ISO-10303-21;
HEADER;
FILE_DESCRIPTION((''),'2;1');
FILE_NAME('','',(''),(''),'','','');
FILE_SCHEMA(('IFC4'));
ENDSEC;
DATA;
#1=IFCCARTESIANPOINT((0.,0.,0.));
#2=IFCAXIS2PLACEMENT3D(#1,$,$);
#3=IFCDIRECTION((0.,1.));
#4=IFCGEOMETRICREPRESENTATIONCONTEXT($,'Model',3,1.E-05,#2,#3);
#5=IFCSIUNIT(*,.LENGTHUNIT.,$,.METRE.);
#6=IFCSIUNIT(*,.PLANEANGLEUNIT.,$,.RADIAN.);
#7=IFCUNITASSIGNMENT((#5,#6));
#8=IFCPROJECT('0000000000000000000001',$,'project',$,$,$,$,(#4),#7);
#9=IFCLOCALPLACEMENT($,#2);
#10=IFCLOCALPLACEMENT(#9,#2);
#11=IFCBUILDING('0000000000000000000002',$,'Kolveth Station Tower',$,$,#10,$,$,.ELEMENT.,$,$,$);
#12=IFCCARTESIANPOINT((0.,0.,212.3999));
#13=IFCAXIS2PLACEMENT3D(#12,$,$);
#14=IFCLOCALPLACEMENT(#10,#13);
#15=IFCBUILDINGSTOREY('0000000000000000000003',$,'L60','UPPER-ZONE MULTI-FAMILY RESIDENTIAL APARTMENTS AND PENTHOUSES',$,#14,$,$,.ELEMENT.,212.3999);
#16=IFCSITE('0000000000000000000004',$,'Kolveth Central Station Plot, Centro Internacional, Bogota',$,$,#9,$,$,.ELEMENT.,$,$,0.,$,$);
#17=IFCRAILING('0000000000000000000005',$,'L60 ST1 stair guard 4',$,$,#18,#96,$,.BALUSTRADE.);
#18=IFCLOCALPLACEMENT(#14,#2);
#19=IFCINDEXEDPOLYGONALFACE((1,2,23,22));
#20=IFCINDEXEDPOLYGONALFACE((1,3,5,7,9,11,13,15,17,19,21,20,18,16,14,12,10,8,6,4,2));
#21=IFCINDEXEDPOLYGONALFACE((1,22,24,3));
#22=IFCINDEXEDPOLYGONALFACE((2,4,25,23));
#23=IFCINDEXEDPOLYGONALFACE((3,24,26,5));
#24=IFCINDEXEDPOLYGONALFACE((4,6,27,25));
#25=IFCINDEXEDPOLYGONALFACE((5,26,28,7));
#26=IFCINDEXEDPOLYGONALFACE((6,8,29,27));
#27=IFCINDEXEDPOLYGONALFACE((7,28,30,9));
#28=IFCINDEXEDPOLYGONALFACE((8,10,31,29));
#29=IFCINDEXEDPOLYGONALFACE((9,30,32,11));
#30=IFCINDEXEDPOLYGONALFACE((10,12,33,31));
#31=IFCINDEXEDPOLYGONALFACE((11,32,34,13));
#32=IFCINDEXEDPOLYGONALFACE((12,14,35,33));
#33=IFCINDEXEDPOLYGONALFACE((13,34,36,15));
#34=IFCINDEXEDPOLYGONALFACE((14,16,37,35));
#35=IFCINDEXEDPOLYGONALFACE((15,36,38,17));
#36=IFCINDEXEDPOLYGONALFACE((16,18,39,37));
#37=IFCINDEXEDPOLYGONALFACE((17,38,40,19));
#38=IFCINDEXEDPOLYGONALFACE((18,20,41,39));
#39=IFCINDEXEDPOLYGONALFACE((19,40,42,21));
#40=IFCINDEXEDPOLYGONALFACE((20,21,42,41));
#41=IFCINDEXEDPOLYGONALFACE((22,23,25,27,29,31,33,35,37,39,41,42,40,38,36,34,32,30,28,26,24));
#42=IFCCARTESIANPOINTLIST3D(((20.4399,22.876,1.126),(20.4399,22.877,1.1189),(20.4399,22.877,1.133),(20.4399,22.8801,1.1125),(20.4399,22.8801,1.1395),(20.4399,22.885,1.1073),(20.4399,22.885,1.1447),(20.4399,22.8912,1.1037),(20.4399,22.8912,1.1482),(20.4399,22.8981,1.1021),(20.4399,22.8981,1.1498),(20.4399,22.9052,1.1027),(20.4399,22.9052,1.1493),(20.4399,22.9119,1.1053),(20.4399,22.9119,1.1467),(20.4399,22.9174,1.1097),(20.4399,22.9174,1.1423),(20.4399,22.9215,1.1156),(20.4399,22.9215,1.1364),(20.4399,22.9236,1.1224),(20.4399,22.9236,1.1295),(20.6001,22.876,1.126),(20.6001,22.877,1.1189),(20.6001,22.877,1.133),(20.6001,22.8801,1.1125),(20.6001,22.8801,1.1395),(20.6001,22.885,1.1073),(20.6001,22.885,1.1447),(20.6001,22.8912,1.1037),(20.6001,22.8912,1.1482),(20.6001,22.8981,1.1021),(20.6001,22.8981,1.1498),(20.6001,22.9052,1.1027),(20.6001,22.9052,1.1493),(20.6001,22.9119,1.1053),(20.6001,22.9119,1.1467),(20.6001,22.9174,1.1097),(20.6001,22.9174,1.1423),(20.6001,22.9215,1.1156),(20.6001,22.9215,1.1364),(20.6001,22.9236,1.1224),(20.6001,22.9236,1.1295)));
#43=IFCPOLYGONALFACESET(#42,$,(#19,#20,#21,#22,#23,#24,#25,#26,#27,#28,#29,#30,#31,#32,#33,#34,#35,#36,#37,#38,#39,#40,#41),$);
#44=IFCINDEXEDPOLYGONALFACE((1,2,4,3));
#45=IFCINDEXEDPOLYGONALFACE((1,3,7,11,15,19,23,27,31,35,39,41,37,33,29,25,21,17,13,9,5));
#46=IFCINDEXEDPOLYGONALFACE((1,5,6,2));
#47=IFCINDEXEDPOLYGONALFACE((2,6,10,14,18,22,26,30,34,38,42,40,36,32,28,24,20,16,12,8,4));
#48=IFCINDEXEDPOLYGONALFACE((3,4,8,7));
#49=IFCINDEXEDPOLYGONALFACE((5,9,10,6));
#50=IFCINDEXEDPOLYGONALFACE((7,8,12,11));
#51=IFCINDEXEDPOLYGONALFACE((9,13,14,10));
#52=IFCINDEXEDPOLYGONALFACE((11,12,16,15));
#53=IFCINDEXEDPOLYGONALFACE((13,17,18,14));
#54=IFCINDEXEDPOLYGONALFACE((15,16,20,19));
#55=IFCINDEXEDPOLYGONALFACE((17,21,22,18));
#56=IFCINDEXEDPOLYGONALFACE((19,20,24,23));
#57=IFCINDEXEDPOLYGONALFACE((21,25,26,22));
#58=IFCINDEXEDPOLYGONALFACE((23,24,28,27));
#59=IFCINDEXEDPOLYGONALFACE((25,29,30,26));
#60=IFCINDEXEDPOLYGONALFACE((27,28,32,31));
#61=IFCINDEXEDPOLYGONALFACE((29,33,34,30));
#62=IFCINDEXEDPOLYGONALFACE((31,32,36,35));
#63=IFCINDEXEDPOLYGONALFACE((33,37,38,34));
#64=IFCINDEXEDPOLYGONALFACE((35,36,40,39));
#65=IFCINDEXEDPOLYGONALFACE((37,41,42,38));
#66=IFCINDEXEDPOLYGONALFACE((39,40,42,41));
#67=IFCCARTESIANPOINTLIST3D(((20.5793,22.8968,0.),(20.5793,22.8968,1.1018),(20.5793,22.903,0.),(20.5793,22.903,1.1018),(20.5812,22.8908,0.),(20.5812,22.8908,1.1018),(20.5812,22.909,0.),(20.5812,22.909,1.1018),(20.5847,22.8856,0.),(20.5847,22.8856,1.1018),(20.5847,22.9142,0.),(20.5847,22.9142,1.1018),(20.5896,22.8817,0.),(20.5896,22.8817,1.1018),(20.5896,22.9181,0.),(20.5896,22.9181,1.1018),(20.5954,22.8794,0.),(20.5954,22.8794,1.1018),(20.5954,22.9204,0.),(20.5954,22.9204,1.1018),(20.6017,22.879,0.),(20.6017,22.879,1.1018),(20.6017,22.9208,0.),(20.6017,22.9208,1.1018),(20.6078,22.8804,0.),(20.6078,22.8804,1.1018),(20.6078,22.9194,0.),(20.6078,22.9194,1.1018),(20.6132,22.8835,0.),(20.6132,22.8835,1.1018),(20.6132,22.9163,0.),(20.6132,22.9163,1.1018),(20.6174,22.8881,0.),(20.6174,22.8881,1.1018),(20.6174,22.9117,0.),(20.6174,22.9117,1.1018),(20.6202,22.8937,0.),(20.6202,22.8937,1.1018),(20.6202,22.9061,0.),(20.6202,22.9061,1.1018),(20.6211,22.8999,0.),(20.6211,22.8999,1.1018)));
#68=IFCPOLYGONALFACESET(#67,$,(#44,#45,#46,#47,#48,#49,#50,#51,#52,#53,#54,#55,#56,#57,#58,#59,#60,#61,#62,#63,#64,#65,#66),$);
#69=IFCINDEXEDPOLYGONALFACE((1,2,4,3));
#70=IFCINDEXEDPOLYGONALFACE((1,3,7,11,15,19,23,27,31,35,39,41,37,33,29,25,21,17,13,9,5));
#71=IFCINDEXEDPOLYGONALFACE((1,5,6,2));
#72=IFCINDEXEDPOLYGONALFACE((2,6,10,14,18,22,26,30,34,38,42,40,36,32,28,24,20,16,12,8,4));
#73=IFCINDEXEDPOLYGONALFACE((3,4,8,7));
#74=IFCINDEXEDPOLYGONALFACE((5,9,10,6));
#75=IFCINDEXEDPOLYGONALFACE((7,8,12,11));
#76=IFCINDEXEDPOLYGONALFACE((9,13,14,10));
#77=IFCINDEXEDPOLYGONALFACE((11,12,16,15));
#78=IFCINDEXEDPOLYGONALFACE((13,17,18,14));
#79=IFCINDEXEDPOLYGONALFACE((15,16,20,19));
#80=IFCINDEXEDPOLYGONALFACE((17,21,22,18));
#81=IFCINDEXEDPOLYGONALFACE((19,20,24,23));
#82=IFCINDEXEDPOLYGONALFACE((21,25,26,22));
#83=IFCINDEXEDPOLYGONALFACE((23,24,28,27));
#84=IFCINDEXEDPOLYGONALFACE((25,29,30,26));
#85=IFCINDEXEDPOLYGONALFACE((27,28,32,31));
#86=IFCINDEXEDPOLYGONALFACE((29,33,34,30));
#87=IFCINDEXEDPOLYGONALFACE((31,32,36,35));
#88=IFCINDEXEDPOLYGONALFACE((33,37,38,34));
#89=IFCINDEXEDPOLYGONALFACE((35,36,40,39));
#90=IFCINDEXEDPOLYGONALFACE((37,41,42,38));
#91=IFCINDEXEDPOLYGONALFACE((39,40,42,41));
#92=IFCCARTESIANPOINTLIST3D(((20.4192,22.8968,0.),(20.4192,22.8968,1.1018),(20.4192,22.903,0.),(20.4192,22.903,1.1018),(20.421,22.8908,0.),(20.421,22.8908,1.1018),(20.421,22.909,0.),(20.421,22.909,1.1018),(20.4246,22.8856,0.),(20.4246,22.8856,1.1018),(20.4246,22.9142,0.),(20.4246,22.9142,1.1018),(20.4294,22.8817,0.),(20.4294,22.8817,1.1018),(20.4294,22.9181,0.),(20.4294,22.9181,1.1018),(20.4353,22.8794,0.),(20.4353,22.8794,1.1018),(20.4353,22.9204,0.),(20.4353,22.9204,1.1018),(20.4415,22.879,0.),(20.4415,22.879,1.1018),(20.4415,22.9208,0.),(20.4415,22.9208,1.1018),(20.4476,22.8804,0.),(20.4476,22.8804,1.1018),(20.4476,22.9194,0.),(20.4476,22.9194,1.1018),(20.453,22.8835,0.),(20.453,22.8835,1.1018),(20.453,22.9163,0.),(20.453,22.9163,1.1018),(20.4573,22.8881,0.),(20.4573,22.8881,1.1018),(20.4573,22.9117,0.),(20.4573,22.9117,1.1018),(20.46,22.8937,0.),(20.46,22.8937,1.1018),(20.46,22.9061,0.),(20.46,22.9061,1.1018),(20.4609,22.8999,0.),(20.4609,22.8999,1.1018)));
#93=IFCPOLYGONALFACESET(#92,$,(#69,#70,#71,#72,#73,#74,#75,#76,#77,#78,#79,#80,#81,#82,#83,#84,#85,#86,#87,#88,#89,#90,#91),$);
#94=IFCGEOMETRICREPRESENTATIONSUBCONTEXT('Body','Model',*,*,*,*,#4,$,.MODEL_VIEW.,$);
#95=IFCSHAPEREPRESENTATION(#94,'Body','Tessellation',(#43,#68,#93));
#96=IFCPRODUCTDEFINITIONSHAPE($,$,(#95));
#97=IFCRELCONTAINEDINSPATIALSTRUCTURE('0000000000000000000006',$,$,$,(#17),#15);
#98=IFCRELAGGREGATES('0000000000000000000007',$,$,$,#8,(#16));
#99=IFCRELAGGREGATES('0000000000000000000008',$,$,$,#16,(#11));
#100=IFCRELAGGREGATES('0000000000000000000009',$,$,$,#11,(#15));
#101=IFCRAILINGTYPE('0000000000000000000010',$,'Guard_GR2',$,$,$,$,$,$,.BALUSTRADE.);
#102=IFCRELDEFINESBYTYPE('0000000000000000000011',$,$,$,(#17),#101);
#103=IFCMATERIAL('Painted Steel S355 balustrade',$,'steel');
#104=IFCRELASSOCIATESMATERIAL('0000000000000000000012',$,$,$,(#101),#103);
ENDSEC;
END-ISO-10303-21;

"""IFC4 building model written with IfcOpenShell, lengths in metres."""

from ifc_helpers import new_model, si_unit, direction, frame, origin, origin_2d, place, context, subcontext, project, spatial, circle, extrude, material, type_object, element, save


model = new_model("IFC4")

# Units and contexts
model_context = context("Model", 3, precision=1e-05, world=origin(), true_north=direction((0.0, 1.0)))
body_context = subcontext(model_context, "Body", "Model", "MODEL_VIEW")
ifc_project = project(units=[si_unit("LENGTHUNIT", "METRE"), si_unit("PLANEANGLEUNIT", "RADIAN")], contexts=[model_context])

# Site, building, storey
site_placement = place(None, origin())
site = spatial("IfcSite", under=ifc_project, at=site_placement, Name="Kolveth Central Station Plot, Centro Internacional, Bogota", CompositionType="ELEMENT", RefElevation=0.0)
building_placement = place(site_placement, origin())
building = spatial("IfcBuilding", under=site, at=building_placement, Name="Kolveth Station Tower", CompositionType="ELEMENT")
storey_placement = place(building_placement, frame((0.0, 0.0, 212.3999)))
storey = spatial("IfcBuildingStorey", under=building, at=storey_placement, Name="L60", Description="UPPER-ZONE MULTI-FAMILY RESIDENTIAL APARTMENTS AND PENTHOUSES", CompositionType="ELEMENT", Elevation=212.3999)

# Railing
ifc_material_1 = material(Name="Painted Steel S355 balustrade", Category="steel")
railing_type_1 = type_object("IfcRailingType", Name="Guard_GR2", PredefinedType="BALUSTRADE", material=ifc_material_1)
railing_1_placement = place(storey_placement, frame((20.6001, 22.8999, 0.0)))
element("IfcRailing", 1, at=railing_1_placement, inside=storey, type_object=railing_type_1, Name="L60 ST1 stair guard 4", PredefinedType="BALUSTRADE", context=body_context, shape_type="SweptSolid", body=[
    extrude(circle(Radius=0.0239, at=origin_2d()), frame((0.0, 0.0, 1.126), z_axis=(-1.0, 0.0, 0.0), x_axis=(0.0, -1.0, 0.0)), (0.0, 0.0, 1.0), 0.1602),
    extrude(circle(Radius=0.021, at=origin_2d()), origin(), (0.0, 0.0, 1.0), 1.1018),
    extrude(circle(Radius=0.021, at=origin_2d()), frame((-0.1602, 0.0, 0.0)), (0.0, 0.0, 1.0), 1.1018),
])

save(model, "model.ifc")
